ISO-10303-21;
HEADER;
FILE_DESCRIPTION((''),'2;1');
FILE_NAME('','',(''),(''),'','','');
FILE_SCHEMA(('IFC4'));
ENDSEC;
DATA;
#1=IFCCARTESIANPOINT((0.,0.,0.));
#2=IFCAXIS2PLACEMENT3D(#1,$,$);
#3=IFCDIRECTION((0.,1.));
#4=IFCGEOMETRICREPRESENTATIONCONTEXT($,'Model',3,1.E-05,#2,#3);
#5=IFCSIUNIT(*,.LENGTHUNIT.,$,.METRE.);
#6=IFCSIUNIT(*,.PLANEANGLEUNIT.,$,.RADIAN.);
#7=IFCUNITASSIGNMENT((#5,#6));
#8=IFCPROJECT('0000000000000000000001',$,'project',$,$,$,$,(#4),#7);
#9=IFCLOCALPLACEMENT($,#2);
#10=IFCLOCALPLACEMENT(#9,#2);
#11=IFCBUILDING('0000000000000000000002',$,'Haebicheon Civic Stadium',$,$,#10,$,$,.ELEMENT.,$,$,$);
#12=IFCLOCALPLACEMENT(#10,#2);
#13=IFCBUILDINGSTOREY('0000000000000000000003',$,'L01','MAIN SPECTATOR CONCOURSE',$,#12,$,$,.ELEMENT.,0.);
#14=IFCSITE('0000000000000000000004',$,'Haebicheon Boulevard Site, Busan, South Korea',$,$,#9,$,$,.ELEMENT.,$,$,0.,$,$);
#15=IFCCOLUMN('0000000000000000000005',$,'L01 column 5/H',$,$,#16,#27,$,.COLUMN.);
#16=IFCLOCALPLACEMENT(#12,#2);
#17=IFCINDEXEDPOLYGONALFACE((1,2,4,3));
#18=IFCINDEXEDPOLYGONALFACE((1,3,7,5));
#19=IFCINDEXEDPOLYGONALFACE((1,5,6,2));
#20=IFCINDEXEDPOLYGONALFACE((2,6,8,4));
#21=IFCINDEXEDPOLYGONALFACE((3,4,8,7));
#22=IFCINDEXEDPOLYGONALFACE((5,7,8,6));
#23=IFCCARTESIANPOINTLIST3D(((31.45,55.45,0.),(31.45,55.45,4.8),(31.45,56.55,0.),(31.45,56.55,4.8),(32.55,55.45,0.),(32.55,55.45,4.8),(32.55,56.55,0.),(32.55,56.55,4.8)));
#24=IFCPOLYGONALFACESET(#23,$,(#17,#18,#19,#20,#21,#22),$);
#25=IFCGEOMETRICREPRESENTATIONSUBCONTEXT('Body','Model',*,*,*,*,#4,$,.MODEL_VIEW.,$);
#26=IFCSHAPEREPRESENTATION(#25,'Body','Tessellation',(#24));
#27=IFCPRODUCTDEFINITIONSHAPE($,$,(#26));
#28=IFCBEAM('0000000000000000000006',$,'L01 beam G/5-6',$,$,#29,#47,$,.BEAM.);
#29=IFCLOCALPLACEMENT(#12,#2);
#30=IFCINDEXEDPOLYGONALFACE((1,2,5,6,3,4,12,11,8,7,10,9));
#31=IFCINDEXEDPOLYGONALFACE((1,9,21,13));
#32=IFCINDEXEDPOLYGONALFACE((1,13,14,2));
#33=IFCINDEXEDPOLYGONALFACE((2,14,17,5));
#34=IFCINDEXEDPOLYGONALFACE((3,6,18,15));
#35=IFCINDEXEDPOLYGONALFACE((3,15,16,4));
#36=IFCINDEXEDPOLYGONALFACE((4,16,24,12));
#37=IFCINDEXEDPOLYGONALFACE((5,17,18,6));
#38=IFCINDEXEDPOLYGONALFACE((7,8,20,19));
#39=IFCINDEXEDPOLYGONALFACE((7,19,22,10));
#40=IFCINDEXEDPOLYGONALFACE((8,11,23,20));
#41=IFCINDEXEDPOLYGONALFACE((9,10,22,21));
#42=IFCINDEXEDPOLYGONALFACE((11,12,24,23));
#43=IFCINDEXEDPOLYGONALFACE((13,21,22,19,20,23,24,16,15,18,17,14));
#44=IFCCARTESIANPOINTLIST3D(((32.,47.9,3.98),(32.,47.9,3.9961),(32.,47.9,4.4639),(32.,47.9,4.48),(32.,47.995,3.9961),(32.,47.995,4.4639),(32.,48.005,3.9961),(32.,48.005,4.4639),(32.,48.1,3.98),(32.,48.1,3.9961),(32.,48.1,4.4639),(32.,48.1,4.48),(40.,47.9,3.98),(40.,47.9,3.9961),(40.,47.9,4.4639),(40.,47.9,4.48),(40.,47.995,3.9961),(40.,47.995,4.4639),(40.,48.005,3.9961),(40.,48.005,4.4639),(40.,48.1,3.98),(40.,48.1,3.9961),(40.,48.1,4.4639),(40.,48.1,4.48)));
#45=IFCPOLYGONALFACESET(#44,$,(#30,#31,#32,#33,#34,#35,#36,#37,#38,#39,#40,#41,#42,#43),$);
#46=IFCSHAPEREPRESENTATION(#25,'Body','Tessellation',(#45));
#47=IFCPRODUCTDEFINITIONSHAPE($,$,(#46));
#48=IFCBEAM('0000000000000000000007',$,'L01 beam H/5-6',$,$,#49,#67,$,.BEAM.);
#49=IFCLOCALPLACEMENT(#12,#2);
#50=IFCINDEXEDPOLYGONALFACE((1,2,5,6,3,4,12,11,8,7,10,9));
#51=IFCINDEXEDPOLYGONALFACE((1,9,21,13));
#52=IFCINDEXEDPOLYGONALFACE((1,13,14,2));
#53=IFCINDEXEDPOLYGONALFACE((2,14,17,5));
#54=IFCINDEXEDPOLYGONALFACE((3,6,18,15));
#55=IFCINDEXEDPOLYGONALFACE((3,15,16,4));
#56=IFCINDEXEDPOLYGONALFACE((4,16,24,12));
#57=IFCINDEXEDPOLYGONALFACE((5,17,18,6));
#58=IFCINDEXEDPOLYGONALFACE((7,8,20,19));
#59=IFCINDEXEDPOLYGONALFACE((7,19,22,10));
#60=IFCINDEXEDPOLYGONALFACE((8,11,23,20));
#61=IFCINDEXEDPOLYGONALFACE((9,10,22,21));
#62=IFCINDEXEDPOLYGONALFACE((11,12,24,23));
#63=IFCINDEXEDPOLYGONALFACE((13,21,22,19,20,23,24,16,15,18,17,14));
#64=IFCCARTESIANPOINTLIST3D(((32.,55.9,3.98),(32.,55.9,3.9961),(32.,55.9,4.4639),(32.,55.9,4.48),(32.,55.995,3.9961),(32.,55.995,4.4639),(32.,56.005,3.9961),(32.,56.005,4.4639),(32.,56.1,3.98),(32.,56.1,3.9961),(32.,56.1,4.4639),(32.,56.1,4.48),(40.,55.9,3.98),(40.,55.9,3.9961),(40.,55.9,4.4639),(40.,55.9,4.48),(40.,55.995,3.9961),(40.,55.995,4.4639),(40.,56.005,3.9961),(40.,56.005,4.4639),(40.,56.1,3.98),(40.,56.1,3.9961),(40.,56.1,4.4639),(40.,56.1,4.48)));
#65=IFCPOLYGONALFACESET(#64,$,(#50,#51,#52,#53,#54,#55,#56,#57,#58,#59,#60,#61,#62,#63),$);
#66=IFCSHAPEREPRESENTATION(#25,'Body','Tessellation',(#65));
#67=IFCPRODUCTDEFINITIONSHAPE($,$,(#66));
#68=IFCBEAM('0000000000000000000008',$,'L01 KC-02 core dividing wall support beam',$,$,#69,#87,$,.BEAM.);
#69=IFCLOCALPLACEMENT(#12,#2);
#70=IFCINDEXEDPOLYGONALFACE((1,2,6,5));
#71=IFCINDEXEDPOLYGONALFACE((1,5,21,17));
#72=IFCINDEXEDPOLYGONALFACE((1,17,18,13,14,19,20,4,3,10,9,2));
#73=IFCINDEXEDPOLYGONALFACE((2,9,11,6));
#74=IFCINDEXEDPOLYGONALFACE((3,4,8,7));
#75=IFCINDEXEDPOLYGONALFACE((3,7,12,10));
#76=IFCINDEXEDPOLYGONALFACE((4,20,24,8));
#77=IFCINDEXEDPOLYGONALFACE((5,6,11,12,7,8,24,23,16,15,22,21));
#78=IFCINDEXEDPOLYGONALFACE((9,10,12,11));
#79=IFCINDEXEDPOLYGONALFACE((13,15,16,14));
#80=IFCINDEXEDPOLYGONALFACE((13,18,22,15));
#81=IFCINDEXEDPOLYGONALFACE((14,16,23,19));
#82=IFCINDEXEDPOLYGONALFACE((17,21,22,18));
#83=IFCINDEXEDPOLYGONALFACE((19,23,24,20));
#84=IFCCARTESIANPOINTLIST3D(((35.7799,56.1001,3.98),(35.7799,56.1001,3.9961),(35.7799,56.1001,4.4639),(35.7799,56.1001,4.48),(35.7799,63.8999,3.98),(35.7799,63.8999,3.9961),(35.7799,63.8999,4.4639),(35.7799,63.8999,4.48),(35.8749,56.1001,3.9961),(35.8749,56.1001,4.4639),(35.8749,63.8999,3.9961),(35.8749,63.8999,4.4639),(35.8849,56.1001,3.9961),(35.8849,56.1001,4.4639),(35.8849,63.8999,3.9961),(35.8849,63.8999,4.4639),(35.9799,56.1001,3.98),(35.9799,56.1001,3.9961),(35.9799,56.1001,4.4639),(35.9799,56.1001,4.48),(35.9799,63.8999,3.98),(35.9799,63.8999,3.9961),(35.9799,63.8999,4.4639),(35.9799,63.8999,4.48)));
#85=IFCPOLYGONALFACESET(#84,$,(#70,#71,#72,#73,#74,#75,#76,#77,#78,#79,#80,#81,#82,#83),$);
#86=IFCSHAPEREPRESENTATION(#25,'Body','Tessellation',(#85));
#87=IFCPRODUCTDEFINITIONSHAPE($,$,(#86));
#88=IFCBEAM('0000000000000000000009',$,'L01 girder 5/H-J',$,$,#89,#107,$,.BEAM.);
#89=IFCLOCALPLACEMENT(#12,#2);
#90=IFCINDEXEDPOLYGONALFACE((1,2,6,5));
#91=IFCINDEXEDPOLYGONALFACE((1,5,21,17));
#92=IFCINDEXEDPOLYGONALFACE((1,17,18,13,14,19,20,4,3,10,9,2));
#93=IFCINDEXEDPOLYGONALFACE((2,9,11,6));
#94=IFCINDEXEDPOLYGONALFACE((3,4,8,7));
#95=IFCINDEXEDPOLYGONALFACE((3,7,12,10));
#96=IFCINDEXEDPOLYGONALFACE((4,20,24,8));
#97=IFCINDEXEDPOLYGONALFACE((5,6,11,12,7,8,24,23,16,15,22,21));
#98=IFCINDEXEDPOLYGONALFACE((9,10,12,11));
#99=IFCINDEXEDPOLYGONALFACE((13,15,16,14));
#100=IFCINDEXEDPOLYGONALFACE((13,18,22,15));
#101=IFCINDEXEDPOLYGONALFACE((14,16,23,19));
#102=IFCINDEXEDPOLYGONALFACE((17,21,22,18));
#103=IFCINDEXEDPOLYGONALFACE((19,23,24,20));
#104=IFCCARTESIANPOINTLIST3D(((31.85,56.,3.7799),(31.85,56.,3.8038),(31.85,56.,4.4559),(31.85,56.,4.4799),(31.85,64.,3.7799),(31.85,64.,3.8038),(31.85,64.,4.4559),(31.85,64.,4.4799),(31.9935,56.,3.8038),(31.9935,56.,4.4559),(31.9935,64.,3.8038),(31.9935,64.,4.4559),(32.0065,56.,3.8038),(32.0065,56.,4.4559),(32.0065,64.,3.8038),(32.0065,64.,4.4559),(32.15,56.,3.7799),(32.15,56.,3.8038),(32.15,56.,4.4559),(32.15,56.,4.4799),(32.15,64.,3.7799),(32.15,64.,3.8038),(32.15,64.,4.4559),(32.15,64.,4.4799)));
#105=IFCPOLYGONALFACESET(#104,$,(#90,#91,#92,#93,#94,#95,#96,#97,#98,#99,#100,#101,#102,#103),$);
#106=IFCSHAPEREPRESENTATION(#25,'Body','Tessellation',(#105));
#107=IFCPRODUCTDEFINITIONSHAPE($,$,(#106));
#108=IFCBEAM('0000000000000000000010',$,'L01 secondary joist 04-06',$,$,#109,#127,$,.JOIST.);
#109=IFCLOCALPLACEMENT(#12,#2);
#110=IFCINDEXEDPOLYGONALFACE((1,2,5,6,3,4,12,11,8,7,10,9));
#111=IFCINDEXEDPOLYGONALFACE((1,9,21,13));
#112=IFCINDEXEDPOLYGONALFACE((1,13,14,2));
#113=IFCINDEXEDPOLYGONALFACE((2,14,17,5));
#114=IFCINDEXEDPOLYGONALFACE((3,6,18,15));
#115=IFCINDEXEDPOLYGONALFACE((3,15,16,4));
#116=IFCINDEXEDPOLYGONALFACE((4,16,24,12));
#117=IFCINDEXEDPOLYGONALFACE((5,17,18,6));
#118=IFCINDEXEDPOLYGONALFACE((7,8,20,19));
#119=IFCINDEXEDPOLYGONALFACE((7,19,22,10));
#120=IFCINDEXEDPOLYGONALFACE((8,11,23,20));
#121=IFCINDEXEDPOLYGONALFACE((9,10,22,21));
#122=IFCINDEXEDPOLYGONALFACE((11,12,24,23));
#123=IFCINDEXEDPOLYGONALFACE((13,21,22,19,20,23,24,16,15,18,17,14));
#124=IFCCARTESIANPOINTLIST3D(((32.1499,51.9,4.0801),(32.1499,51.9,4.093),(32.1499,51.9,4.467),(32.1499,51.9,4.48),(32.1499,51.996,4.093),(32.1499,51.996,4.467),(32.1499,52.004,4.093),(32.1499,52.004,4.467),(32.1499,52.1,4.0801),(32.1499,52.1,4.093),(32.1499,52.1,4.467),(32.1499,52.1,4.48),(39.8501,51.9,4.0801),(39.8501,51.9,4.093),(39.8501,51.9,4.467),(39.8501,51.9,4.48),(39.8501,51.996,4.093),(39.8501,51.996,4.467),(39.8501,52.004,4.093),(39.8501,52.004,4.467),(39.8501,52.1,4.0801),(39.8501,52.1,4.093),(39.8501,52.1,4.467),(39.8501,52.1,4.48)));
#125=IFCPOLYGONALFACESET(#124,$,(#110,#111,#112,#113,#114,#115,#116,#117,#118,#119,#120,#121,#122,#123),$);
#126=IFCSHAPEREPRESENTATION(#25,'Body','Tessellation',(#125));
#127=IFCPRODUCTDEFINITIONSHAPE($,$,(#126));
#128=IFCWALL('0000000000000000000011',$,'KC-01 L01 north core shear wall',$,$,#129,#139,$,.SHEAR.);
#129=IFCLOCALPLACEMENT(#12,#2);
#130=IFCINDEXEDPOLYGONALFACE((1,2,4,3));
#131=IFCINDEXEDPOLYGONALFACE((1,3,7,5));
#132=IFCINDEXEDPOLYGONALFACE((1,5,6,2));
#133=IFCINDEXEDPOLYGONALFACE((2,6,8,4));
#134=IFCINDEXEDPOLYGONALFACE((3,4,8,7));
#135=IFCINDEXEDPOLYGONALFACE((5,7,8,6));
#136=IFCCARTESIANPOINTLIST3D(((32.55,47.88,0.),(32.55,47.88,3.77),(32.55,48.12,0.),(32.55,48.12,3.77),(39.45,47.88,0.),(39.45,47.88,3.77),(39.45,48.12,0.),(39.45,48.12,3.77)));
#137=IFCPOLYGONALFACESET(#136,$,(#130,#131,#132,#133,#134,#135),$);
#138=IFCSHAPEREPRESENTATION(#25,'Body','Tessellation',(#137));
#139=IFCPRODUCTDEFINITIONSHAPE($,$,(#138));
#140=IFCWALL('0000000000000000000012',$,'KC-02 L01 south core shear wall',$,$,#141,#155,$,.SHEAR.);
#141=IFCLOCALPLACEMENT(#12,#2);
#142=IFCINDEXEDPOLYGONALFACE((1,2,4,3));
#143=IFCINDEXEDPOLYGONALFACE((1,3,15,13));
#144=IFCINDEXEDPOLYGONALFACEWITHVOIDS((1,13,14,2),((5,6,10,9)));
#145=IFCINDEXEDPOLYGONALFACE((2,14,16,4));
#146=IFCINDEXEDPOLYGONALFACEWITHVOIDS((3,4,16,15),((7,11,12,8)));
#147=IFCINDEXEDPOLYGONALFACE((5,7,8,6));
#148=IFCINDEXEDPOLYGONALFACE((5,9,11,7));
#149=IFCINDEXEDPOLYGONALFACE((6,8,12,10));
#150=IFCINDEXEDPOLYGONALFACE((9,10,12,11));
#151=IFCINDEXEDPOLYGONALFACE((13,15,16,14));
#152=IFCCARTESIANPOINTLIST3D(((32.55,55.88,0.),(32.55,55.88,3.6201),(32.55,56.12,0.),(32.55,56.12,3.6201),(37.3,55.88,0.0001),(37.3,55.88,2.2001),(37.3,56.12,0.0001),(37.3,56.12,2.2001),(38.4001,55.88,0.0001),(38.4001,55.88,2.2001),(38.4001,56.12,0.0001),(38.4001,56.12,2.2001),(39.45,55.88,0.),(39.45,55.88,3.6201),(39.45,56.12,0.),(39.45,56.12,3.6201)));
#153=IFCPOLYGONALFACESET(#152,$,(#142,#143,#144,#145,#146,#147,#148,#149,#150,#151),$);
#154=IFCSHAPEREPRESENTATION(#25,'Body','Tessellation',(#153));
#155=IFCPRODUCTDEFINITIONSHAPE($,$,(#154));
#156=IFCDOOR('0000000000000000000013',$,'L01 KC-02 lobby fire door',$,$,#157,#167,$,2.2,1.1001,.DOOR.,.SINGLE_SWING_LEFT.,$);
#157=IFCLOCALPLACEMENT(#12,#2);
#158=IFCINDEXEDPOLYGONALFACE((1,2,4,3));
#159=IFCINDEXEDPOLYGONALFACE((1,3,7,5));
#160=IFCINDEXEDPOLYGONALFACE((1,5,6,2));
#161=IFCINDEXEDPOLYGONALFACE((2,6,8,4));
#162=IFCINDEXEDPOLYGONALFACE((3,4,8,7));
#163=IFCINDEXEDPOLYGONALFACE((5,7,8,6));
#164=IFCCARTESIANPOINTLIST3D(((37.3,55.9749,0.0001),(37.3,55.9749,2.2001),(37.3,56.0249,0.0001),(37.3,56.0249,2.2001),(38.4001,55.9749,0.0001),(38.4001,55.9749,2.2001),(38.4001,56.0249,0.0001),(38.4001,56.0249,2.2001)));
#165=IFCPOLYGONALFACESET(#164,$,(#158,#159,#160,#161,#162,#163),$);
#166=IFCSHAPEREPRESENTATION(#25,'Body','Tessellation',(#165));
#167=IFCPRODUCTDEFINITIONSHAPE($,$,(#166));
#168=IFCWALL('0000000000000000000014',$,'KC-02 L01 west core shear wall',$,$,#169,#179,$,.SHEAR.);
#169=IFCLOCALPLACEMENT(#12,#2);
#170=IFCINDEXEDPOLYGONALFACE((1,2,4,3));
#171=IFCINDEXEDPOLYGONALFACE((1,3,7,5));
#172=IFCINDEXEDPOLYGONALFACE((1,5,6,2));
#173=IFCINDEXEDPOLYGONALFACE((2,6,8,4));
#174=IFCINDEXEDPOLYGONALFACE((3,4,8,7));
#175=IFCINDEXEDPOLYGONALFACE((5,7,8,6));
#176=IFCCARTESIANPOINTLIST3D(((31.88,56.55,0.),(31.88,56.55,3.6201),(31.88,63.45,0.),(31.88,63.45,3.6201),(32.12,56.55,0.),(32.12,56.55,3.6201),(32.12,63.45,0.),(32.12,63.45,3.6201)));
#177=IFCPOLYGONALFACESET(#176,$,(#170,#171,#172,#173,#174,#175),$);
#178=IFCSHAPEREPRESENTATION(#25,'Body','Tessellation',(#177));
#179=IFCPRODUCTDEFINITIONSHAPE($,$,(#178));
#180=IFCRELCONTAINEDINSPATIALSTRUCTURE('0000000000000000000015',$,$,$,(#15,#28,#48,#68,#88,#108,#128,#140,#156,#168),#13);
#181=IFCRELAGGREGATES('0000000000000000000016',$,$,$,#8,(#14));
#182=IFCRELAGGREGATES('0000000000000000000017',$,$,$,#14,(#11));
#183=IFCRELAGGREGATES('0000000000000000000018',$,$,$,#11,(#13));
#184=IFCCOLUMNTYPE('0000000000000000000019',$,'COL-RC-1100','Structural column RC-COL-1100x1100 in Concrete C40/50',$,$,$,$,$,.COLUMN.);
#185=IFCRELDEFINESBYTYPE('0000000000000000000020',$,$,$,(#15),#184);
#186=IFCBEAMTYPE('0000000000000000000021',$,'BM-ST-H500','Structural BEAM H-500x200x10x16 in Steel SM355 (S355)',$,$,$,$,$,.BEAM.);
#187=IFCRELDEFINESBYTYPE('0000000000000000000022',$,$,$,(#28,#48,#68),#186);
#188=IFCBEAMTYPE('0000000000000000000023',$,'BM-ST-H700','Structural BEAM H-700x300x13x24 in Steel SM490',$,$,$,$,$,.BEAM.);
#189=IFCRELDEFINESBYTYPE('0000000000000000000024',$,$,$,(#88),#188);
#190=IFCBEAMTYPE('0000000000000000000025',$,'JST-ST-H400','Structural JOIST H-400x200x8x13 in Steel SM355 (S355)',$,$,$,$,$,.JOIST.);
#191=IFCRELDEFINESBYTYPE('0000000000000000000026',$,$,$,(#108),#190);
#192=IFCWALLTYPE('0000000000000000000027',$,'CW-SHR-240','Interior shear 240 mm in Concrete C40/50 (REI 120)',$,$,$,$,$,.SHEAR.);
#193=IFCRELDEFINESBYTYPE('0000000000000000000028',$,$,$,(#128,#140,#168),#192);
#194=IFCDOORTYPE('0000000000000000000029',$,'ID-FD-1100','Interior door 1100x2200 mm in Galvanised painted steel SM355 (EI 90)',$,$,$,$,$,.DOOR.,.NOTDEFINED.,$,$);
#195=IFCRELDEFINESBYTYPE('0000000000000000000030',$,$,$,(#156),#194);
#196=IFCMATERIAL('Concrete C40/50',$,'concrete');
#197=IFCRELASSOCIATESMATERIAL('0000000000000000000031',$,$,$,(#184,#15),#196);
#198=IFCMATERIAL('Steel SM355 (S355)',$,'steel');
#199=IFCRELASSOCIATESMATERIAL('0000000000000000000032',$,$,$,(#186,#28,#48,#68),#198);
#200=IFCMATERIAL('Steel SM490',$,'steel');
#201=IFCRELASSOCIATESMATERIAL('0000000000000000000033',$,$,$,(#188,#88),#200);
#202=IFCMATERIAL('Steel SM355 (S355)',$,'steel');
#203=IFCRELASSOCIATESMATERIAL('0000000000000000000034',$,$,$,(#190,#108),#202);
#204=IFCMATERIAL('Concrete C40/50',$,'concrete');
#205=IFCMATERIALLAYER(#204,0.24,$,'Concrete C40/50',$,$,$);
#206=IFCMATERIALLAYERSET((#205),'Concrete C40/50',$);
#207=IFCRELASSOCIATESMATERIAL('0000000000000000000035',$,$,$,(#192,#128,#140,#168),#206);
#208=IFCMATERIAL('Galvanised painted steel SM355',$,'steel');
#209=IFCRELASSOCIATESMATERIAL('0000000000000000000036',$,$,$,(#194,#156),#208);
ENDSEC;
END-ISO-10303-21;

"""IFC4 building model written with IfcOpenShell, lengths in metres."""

from ifc_helpers import new_model, si_unit, direction, frame, frame_2d, origin, origin_2d, place, context, subcontext, project, spatial, rectangle, i_section, extrude, material, layer, layer_set, material_profile, profile_set, type_object, element, fill, save


model = new_model("IFC4")

# Units and contexts
model_context = context("Model", 3, precision=1e-05, world=origin(), true_north=direction((0.0, 1.0)))
body_context = subcontext(model_context, "Body", "Model", "MODEL_VIEW")
ifc_project = project(units=[si_unit("LENGTHUNIT", "METRE"), si_unit("PLANEANGLEUNIT", "RADIAN")], contexts=[model_context])

# Site, building, storey
site_placement = place(None, origin())
site = spatial("IfcSite", under=ifc_project, at=site_placement, Name="Haebicheon Boulevard Site, Busan, South Korea", CompositionType="ELEMENT", RefElevation=0.0)
building_placement = place(site_placement, origin())
building = spatial("IfcBuilding", under=site, at=building_placement, Name="Haebicheon Civic Stadium", CompositionType="ELEMENT")
storey_placement = place(building_placement, origin())
storey = spatial("IfcBuildingStorey", under=building, at=storey_placement, Name="L01", Description="MAIN SPECTATOR CONCOURSE", CompositionType="ELEMENT", Elevation=0.0)

# Column
ifc_material_1 = material(Name="Concrete C40/50", Category="concrete")
ifc_material_profile_1 = material_profile(ifc_material_1, rectangle(XDim=1.1001, YDim=1.1001, at=origin_2d()), Name="RC-COL-1100x1100")
ifc_profile_set_1 = profile_set([ifc_material_profile_1], Name="Concrete C40/50")
column_type = type_object("IfcColumnType", Name="COL-RC-1100", Description="Structural column RC-COL-1100x1100 in Concrete C40/50", PredefinedType="COLUMN", material=ifc_profile_set_1)
column_placement = place(storey_placement, frame((32.0, 56.0, 0.0), z_axis=(0.0, 0.0, 1.0), x_axis=(1.0, 0.0, 0.0)))
element("IfcColumn", 1, at=column_placement, inside=storey, type_object=column_type, material=ifc_profile_set_1, Name="L01 column 5/H", PredefinedType="COLUMN", context=body_context, shape_type="SweptSolid", body=[
    extrude(rectangle(XDim=1.1001, YDim=1.1001, at=origin_2d()), origin(), (0.0, 0.0, 1.0), 4.8),
])

# Beams
ifc_material_2 = material(Name="Steel SM355 (S355)", Category="steel")
ifc_material_profile_2 = material_profile(ifc_material_2, i_section(OverallWidth=0.2, OverallDepth=0.5, WebThickness=0.01, FlangeThickness=0.0161, at=origin_2d()), Name="H-500x200x10x16")
ifc_profile_set_2 = profile_set([ifc_material_profile_2], Name="Steel SM355 (S355)")
beam_type_1 = type_object("IfcBeamType", Name="BM-ST-H500", Description="Structural BEAM H-500x200x10x16 in Steel SM355 (S355)", PredefinedType="BEAM", material=ifc_profile_set_2)
for number, where, z_axis, x_axis, name in (
    (2, (32.0, 48.0, 4.23), (1.0, 0.0, 0.0), (0.0, 1.0, 0.0), "L01 beam G/5-6"),
    (3, (32.0, 56.0, 4.23), (1.0, 0.0, 0.0), (0.0, 1.0, 0.0), "L01 beam H/5-6"),
):
    element("IfcBeam", number, at=place(storey_placement, frame(where, z_axis=z_axis, x_axis=x_axis)), inside=storey, type_object=beam_type_1, material=ifc_profile_set_2, Name=name, PredefinedType="BEAM", context=body_context, shape_type="SweptSolid", body=[
        extrude(i_section(OverallWidth=0.2, OverallDepth=0.5, WebThickness=0.01, FlangeThickness=0.0161, at=origin_2d()), origin(), (0.0, 0.0, 1.0), 8.0),
    ])
beam_1_placement = place(storey_placement, frame((35.8799, 56.1001, 4.23), z_axis=(0.0, 1.0, 0.0), x_axis=(-1.0, 0.0, 0.0)))
element("IfcBeam", 4, at=beam_1_placement, inside=storey, type_object=beam_type_1, material=ifc_profile_set_2, Name="L01 KC-02 core dividing wall support beam", PredefinedType="BEAM", context=body_context, shape_type="SweptSolid", body=[
    extrude(i_section(OverallWidth=0.2, OverallDepth=0.5, WebThickness=0.01, FlangeThickness=0.0161, at=origin_2d()), origin(), (0.0, 0.0, 1.0), 7.7998),
])
ifc_material_3 = material(Name="Steel SM490", Category="steel")
ifc_material_profile_3 = material_profile(ifc_material_3, i_section(OverallWidth=0.3, OverallDepth=0.7, WebThickness=0.0129, FlangeThickness=0.0239, at=origin_2d()), Name="H-700x300x13x24")
ifc_profile_set_3 = profile_set([ifc_material_profile_3], Name="Steel SM490")
beam_type_2 = type_object("IfcBeamType", Name="BM-ST-H700", Description="Structural BEAM H-700x300x13x24 in Steel SM490", PredefinedType="BEAM", material=ifc_profile_set_3)
beam_2_placement = place(storey_placement, frame((32.0, 56.0, 4.1299), z_axis=(0.0, 1.0, 0.0), x_axis=(-1.0, 0.0, 0.0)))
element("IfcBeam", 5, at=beam_2_placement, inside=storey, type_object=beam_type_2, material=ifc_profile_set_3, Name="L01 girder 5/H-J", PredefinedType="BEAM", context=body_context, shape_type="SweptSolid", body=[
    extrude(i_section(OverallWidth=0.3, OverallDepth=0.7, WebThickness=0.0129, FlangeThickness=0.0239, at=origin_2d()), origin(), (0.0, 0.0, 1.0), 8.0),
])
ifc_material_4 = material(Name="Steel SM355 (S355)", Category="steel")
ifc_material_profile_4 = material_profile(ifc_material_4, i_section(OverallWidth=0.2, OverallDepth=0.3999, WebThickness=0.0081, FlangeThickness=0.0129, at=origin_2d()), Name="H-400x200x8x13")
ifc_profile_set_4 = profile_set([ifc_material_profile_4], Name="Steel SM355 (S355)")
beam_type_3 = type_object("IfcBeamType", Name="JST-ST-H400", Description="Structural JOIST H-400x200x8x13 in Steel SM355 (S355)", PredefinedType="JOIST", material=ifc_profile_set_4)
beam_3_placement = place(storey_placement, frame((32.1499, 52.0, 4.28), z_axis=(1.0, 0.0, 0.0), x_axis=(0.0, 1.0, 0.0)))
element("IfcBeam", 6, at=beam_3_placement, inside=storey, type_object=beam_type_3, material=ifc_profile_set_4, Name="L01 secondary joist 04-06", PredefinedType="JOIST", context=body_context, shape_type="SweptSolid", body=[
    extrude(i_section(OverallWidth=0.2, OverallDepth=0.3999, WebThickness=0.0081, FlangeThickness=0.0129, at=origin_2d()), origin(), (0.0, 0.0, 1.0), 7.7002),
])

# Wall
ifc_material_5 = material(Name="Concrete C40/50", Category="concrete")
ifc_layer = layer(ifc_material_5, 0.24, Name="Concrete C40/50")
ifc_layer_set = layer_set([ifc_layer], Name="Concrete C40/50")
wall_type = type_object("IfcWallType", Name="CW-SHR-240", Description="Interior shear 240 mm in Concrete C40/50 (REI 120)", PredefinedType="SHEAR", material=ifc_layer_set)
wall_1_placement = place(storey_placement, frame((32.55, 48.0, 0.0), z_axis=(0.0, 0.0, 1.0), x_axis=(1.0, 0.0, 0.0)))
element("IfcWall", 7, at=wall_1_placement, inside=storey, type_object=wall_type, material=ifc_layer_set, Name="KC-01 L01 north core shear wall", PredefinedType="SHEAR", context=body_context, shape_type="SweptSolid", body=[
    extrude(rectangle(XDim=6.8999, YDim=0.24, at=frame_2d((3.45, 0.0))), origin(), (0.0, 0.0, 1.0), 3.77),
])

# Wall, opening, door
wall_2_placement = place(storey_placement, frame((32.55, 56.0, 0.0), z_axis=(0.0, 0.0, 1.0), x_axis=(1.0, 0.0, 0.0)))
wall_2 = element("IfcWall", 8, at=wall_2_placement, inside=storey, type_object=wall_type, material=ifc_layer_set, Name="KC-02 L01 south core shear wall", PredefinedType="SHEAR", context=body_context, shape_type="SweptSolid", body=[
    extrude(rectangle(XDim=6.8999, YDim=0.24, at=frame_2d((3.45, 0.0))), origin(), (0.0, 0.0, 1.0), 3.6201),
])
opening_1_placement = place(wall_2_placement, frame((4.75, 0.0, 0.0)))
opening_1 = element("IfcOpeningElement", 9, at=opening_1_placement, cuts=wall_2, PredefinedType="OPENING", context=body_context, shape_type="SweptSolid", body=[
    extrude(rectangle(XDim=1.1001, YDim=2.2, at=frame_2d((0.55, 1.1001))), frame((0.0, 0.1299, 0.0), z_axis=(0.0, -1.0, 0.0), x_axis=(1.0, 0.0, 0.0)), (0.0, 0.0, 1.0), 0.26),
])
ifc_material_6 = material(Name="Galvanised painted steel SM355", Category="steel")
door_type_1 = type_object("IfcDoorType", Name="ID-FD-1100", Description="Interior door 1100x2200 mm in Galvanised painted steel SM355 (EI 90)", OperationType="NOTDEFINED", PredefinedType="DOOR", material=ifc_material_6)
door_1_placement = place(opening_1_placement, origin())
door_1 = element("IfcDoor", 10, at=door_1_placement, inside=storey, type_object=door_type_1, material=ifc_material_6, Name="L01 KC-02 lobby fire door", OperationType="SINGLE_SWING_LEFT", OverallHeight=2.2, OverallWidth=1.1001, PredefinedType="DOOR", context=body_context, shape_type="SweptSolid", body=[
    extrude(rectangle(XDim=1.1001, YDim=2.2, at=frame_2d((0.55, 1.1001))), frame((0.0, 0.0249, 0.0), z_axis=(0.0, -1.0, 0.0), x_axis=(1.0, 0.0, 0.0)), (0.0, 0.0, 1.0), 0.05),
])
fill(opening_1, door_1)

# Wall
wall_3_placement = place(storey_placement, frame((32.0, 56.55, 0.0), z_axis=(0.0, 0.0, 1.0), x_axis=(0.0, 1.0, 0.0)))
element("IfcWall", 11, at=wall_3_placement, inside=storey, type_object=wall_type, material=ifc_layer_set, Name="KC-02 L01 west core shear wall", PredefinedType="SHEAR", context=body_context, shape_type="SweptSolid", body=[
    extrude(rectangle(XDim=6.8999, YDim=0.24, at=frame_2d((3.45, 0.0))), origin(), (0.0, 0.0, 1.0), 3.6201),
])

save(model, "model.ifc")
